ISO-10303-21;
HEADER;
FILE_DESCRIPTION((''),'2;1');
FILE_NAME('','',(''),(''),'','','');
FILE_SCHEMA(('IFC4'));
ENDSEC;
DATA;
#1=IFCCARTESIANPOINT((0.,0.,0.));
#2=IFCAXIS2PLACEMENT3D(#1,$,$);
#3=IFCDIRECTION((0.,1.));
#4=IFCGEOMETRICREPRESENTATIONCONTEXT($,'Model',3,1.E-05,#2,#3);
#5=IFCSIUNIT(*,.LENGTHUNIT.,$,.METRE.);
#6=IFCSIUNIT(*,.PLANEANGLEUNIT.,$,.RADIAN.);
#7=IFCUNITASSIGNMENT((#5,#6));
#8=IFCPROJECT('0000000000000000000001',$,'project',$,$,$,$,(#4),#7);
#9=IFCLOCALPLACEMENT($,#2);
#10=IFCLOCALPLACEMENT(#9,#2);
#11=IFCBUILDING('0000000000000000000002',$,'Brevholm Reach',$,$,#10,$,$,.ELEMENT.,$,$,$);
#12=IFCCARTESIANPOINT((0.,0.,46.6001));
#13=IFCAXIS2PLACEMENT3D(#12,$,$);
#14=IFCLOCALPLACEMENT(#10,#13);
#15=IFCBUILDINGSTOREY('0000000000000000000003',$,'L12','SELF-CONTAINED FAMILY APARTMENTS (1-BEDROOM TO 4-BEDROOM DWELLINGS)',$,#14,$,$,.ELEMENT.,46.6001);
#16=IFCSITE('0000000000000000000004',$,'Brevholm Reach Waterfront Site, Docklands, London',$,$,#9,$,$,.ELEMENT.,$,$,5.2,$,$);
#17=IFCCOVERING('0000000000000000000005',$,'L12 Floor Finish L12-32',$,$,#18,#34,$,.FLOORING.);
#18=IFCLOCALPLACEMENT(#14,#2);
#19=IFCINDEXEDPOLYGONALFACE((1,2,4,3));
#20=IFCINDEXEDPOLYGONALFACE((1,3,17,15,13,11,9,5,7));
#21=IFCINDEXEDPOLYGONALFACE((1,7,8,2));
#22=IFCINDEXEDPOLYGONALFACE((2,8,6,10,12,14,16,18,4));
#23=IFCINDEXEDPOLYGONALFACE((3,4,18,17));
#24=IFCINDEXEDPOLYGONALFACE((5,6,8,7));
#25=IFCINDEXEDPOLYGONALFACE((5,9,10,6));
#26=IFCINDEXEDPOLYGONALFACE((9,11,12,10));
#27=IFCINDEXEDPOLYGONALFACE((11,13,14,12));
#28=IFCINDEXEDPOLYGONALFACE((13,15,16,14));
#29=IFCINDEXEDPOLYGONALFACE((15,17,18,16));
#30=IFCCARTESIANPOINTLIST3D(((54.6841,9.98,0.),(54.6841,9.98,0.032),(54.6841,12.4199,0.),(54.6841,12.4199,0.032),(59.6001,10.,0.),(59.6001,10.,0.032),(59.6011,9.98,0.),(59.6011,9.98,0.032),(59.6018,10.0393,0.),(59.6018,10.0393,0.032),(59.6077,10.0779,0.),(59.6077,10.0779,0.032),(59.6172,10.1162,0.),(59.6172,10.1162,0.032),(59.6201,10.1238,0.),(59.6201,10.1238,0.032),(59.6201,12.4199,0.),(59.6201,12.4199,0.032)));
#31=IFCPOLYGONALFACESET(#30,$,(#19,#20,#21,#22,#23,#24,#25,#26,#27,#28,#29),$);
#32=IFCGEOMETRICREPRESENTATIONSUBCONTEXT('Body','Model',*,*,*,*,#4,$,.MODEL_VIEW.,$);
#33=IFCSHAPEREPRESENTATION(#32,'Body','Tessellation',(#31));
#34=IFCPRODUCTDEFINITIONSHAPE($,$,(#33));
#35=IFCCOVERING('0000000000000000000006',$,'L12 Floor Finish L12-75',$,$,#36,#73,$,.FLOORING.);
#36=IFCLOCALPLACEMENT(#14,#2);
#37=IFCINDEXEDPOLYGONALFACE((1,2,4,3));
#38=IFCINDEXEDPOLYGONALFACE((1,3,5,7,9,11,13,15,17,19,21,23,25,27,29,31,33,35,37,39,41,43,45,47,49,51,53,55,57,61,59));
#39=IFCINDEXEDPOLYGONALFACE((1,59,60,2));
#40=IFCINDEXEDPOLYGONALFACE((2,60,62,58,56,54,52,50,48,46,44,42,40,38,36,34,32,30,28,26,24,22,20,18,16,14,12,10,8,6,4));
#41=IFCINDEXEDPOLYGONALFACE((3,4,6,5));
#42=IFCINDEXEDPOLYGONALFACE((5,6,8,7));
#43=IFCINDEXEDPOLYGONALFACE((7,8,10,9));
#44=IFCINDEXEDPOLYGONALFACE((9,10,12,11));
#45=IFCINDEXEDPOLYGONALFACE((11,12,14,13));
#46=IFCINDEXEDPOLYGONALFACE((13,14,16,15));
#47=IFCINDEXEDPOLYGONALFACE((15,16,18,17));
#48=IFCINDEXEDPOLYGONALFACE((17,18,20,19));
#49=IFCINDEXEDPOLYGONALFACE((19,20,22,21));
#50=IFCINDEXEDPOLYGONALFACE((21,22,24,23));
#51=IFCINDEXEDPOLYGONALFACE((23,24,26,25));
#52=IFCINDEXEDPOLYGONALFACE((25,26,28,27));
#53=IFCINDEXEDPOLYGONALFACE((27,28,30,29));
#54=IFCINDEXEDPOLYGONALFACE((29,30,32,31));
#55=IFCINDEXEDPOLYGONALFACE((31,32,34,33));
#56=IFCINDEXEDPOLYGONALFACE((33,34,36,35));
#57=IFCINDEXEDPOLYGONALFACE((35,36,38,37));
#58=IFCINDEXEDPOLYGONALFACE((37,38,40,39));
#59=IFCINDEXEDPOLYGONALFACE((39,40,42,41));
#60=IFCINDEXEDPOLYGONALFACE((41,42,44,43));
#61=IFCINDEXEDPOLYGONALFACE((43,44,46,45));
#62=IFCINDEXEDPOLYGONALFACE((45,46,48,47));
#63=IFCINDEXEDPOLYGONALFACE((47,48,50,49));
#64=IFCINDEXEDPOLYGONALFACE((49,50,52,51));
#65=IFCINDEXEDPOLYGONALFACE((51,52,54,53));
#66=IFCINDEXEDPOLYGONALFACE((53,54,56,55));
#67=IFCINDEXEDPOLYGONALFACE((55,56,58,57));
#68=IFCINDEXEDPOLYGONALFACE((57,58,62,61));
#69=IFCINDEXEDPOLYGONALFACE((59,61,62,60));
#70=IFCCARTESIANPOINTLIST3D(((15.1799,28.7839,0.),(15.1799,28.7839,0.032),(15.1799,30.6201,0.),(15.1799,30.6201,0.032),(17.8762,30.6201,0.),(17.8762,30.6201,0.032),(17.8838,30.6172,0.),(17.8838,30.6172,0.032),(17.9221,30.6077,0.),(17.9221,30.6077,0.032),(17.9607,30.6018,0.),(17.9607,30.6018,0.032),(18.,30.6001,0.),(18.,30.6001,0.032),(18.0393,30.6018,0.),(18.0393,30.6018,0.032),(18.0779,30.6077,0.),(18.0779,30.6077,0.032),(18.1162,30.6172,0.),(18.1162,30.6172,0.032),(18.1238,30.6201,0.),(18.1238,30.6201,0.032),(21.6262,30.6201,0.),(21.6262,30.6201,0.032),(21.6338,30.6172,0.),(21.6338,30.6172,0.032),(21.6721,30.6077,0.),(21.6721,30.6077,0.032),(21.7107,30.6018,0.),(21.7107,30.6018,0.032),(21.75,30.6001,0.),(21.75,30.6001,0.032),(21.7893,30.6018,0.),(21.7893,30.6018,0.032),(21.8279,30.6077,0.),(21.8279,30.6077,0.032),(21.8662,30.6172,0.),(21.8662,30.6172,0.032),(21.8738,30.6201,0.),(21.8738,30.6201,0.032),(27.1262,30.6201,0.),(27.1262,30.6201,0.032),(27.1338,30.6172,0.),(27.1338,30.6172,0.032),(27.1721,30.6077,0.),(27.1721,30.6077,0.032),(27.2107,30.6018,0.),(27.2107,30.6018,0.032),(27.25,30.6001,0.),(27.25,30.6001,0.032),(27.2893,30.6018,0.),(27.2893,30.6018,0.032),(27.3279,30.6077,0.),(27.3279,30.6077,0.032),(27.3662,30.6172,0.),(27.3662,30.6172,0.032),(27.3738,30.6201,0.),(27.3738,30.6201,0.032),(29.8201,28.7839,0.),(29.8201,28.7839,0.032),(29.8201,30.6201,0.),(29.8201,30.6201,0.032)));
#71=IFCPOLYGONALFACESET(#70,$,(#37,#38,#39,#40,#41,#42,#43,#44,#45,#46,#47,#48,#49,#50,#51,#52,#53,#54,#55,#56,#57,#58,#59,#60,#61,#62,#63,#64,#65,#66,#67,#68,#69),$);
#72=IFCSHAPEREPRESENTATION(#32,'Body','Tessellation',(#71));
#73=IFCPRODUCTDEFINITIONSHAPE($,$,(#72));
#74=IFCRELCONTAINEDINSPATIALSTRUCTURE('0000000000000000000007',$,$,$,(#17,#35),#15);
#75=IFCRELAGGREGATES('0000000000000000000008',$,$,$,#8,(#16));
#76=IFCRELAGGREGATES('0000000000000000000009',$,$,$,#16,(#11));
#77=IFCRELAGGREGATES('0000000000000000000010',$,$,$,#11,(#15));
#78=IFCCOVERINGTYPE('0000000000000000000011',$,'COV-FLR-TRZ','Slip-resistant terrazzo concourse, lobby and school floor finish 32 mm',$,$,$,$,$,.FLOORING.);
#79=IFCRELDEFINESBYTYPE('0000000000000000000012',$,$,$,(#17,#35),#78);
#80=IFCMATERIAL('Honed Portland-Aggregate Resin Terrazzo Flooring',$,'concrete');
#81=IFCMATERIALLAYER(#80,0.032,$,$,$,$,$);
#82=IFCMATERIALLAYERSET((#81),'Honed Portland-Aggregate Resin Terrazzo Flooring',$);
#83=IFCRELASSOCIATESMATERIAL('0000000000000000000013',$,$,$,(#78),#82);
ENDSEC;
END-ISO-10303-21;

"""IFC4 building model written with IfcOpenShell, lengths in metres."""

from ifc_helpers import new_model, si_unit, direction, frame, origin, place, context, subcontext, project, spatial, polyline, outline, extrude, material, layer, layer_set, type_object, element, save


model = new_model("IFC4")

# Units and contexts
model_context = context("Model", 3, precision=1e-05, world=origin(), true_north=direction((0.0, 1.0)))
body_context = subcontext(model_context, "Body", "Model", "MODEL_VIEW")
ifc_project = project(units=[si_unit("LENGTHUNIT", "METRE"), si_unit("PLANEANGLEUNIT", "RADIAN")], contexts=[model_context])

# Site, building, storey
site_placement = place(None, origin())
site = spatial("IfcSite", under=ifc_project, at=site_placement, Name="Brevholm Reach Waterfront Site, Docklands, London", CompositionType="ELEMENT", RefElevation=5.2)
building_placement = place(site_placement, origin())
building = spatial("IfcBuilding", under=site, at=building_placement, Name="Brevholm Reach", CompositionType="ELEMENT")
storey_placement = place(building_placement, frame((0.0, 0.0, 46.6001)))
storey = spatial("IfcBuildingStorey", under=building, at=storey_placement, Name="L12", Description="SELF-CONTAINED FAMILY APARTMENTS (1-BEDROOM TO 4-BEDROOM DWELLINGS)", CompositionType="ELEMENT", Elevation=46.6001)

# Coverings
ifc_material_1 = material(Name="Honed Portland-Aggregate Resin Terrazzo Flooring", Category="concrete")
ifc_layer_1 = layer(ifc_material_1, 0.032)
ifc_layer_set_1 = layer_set([ifc_layer_1], Name="Honed Portland-Aggregate Resin Terrazzo Flooring")
covering_type_1 = type_object("IfcCoveringType", Name="COV-FLR-TRZ", Description="Slip-resistant terrazzo concourse, lobby and school floor finish 32 mm", PredefinedType="FLOORING", material=ifc_layer_set_1)
covering_1_placement = place(storey_placement, origin())
element("IfcCovering", 1, at=covering_1_placement, inside=storey, type_object=covering_type_1, Name="L12 Floor Finish L12-32", PredefinedType="FLOORING", context=body_context, shape_type="SweptSolid", body=[
    extrude(outline(polyline([(59.6201, 12.4199), (59.6201, 10.1238), (59.6172, 10.1162), (59.6077, 10.0779), (59.6018, 10.0393), (59.6001, 10.0), (59.6011, 9.98), (54.6841, 9.98), (54.6841, 12.4199), (59.6201, 12.4199)])), origin(), (0.0, 0.0, 1.0), 0.032),
])
covering_2_placement = place(storey_placement, origin())
element("IfcCovering", 2, at=covering_2_placement, inside=storey, type_object=covering_type_1, Name="L12 Floor Finish L12-75", PredefinedType="FLOORING", context=body_context, shape_type="SweptSolid", body=[
    extrude(outline(polyline([(15.1799, 30.6201), (17.8762, 30.6201), (17.8838, 30.6172), (17.9221, 30.6077), (17.9607, 30.6018), (18.0, 30.6001), (18.0393, 30.6018), (18.0779, 30.6077), (18.1162, 30.6172), (18.1238, 30.6201), (21.6262, 30.6201), (21.6338, 30.6172), (21.6721, 30.6077), (21.7107, 30.6018), (21.75, 30.6001), (21.7893, 30.6018), (21.8279, 30.6077), (21.8662, 30.6172), (21.8738, 30.6201), (27.1262, 30.6201), (27.1338, 30.6172), (27.1721, 30.6077), (27.2107, 30.6018), (27.25, 30.6001), (27.2893, 30.6018), (27.3279, 30.6077), (27.3662, 30.6172), (27.3738, 30.6201), (29.8201, 30.6201), (29.8201, 28.7839), (15.1799, 28.7839), (15.1799, 30.6201)])), origin(), (0.0, 0.0, 1.0), 0.032),
])

save(model, "model.ifc")
